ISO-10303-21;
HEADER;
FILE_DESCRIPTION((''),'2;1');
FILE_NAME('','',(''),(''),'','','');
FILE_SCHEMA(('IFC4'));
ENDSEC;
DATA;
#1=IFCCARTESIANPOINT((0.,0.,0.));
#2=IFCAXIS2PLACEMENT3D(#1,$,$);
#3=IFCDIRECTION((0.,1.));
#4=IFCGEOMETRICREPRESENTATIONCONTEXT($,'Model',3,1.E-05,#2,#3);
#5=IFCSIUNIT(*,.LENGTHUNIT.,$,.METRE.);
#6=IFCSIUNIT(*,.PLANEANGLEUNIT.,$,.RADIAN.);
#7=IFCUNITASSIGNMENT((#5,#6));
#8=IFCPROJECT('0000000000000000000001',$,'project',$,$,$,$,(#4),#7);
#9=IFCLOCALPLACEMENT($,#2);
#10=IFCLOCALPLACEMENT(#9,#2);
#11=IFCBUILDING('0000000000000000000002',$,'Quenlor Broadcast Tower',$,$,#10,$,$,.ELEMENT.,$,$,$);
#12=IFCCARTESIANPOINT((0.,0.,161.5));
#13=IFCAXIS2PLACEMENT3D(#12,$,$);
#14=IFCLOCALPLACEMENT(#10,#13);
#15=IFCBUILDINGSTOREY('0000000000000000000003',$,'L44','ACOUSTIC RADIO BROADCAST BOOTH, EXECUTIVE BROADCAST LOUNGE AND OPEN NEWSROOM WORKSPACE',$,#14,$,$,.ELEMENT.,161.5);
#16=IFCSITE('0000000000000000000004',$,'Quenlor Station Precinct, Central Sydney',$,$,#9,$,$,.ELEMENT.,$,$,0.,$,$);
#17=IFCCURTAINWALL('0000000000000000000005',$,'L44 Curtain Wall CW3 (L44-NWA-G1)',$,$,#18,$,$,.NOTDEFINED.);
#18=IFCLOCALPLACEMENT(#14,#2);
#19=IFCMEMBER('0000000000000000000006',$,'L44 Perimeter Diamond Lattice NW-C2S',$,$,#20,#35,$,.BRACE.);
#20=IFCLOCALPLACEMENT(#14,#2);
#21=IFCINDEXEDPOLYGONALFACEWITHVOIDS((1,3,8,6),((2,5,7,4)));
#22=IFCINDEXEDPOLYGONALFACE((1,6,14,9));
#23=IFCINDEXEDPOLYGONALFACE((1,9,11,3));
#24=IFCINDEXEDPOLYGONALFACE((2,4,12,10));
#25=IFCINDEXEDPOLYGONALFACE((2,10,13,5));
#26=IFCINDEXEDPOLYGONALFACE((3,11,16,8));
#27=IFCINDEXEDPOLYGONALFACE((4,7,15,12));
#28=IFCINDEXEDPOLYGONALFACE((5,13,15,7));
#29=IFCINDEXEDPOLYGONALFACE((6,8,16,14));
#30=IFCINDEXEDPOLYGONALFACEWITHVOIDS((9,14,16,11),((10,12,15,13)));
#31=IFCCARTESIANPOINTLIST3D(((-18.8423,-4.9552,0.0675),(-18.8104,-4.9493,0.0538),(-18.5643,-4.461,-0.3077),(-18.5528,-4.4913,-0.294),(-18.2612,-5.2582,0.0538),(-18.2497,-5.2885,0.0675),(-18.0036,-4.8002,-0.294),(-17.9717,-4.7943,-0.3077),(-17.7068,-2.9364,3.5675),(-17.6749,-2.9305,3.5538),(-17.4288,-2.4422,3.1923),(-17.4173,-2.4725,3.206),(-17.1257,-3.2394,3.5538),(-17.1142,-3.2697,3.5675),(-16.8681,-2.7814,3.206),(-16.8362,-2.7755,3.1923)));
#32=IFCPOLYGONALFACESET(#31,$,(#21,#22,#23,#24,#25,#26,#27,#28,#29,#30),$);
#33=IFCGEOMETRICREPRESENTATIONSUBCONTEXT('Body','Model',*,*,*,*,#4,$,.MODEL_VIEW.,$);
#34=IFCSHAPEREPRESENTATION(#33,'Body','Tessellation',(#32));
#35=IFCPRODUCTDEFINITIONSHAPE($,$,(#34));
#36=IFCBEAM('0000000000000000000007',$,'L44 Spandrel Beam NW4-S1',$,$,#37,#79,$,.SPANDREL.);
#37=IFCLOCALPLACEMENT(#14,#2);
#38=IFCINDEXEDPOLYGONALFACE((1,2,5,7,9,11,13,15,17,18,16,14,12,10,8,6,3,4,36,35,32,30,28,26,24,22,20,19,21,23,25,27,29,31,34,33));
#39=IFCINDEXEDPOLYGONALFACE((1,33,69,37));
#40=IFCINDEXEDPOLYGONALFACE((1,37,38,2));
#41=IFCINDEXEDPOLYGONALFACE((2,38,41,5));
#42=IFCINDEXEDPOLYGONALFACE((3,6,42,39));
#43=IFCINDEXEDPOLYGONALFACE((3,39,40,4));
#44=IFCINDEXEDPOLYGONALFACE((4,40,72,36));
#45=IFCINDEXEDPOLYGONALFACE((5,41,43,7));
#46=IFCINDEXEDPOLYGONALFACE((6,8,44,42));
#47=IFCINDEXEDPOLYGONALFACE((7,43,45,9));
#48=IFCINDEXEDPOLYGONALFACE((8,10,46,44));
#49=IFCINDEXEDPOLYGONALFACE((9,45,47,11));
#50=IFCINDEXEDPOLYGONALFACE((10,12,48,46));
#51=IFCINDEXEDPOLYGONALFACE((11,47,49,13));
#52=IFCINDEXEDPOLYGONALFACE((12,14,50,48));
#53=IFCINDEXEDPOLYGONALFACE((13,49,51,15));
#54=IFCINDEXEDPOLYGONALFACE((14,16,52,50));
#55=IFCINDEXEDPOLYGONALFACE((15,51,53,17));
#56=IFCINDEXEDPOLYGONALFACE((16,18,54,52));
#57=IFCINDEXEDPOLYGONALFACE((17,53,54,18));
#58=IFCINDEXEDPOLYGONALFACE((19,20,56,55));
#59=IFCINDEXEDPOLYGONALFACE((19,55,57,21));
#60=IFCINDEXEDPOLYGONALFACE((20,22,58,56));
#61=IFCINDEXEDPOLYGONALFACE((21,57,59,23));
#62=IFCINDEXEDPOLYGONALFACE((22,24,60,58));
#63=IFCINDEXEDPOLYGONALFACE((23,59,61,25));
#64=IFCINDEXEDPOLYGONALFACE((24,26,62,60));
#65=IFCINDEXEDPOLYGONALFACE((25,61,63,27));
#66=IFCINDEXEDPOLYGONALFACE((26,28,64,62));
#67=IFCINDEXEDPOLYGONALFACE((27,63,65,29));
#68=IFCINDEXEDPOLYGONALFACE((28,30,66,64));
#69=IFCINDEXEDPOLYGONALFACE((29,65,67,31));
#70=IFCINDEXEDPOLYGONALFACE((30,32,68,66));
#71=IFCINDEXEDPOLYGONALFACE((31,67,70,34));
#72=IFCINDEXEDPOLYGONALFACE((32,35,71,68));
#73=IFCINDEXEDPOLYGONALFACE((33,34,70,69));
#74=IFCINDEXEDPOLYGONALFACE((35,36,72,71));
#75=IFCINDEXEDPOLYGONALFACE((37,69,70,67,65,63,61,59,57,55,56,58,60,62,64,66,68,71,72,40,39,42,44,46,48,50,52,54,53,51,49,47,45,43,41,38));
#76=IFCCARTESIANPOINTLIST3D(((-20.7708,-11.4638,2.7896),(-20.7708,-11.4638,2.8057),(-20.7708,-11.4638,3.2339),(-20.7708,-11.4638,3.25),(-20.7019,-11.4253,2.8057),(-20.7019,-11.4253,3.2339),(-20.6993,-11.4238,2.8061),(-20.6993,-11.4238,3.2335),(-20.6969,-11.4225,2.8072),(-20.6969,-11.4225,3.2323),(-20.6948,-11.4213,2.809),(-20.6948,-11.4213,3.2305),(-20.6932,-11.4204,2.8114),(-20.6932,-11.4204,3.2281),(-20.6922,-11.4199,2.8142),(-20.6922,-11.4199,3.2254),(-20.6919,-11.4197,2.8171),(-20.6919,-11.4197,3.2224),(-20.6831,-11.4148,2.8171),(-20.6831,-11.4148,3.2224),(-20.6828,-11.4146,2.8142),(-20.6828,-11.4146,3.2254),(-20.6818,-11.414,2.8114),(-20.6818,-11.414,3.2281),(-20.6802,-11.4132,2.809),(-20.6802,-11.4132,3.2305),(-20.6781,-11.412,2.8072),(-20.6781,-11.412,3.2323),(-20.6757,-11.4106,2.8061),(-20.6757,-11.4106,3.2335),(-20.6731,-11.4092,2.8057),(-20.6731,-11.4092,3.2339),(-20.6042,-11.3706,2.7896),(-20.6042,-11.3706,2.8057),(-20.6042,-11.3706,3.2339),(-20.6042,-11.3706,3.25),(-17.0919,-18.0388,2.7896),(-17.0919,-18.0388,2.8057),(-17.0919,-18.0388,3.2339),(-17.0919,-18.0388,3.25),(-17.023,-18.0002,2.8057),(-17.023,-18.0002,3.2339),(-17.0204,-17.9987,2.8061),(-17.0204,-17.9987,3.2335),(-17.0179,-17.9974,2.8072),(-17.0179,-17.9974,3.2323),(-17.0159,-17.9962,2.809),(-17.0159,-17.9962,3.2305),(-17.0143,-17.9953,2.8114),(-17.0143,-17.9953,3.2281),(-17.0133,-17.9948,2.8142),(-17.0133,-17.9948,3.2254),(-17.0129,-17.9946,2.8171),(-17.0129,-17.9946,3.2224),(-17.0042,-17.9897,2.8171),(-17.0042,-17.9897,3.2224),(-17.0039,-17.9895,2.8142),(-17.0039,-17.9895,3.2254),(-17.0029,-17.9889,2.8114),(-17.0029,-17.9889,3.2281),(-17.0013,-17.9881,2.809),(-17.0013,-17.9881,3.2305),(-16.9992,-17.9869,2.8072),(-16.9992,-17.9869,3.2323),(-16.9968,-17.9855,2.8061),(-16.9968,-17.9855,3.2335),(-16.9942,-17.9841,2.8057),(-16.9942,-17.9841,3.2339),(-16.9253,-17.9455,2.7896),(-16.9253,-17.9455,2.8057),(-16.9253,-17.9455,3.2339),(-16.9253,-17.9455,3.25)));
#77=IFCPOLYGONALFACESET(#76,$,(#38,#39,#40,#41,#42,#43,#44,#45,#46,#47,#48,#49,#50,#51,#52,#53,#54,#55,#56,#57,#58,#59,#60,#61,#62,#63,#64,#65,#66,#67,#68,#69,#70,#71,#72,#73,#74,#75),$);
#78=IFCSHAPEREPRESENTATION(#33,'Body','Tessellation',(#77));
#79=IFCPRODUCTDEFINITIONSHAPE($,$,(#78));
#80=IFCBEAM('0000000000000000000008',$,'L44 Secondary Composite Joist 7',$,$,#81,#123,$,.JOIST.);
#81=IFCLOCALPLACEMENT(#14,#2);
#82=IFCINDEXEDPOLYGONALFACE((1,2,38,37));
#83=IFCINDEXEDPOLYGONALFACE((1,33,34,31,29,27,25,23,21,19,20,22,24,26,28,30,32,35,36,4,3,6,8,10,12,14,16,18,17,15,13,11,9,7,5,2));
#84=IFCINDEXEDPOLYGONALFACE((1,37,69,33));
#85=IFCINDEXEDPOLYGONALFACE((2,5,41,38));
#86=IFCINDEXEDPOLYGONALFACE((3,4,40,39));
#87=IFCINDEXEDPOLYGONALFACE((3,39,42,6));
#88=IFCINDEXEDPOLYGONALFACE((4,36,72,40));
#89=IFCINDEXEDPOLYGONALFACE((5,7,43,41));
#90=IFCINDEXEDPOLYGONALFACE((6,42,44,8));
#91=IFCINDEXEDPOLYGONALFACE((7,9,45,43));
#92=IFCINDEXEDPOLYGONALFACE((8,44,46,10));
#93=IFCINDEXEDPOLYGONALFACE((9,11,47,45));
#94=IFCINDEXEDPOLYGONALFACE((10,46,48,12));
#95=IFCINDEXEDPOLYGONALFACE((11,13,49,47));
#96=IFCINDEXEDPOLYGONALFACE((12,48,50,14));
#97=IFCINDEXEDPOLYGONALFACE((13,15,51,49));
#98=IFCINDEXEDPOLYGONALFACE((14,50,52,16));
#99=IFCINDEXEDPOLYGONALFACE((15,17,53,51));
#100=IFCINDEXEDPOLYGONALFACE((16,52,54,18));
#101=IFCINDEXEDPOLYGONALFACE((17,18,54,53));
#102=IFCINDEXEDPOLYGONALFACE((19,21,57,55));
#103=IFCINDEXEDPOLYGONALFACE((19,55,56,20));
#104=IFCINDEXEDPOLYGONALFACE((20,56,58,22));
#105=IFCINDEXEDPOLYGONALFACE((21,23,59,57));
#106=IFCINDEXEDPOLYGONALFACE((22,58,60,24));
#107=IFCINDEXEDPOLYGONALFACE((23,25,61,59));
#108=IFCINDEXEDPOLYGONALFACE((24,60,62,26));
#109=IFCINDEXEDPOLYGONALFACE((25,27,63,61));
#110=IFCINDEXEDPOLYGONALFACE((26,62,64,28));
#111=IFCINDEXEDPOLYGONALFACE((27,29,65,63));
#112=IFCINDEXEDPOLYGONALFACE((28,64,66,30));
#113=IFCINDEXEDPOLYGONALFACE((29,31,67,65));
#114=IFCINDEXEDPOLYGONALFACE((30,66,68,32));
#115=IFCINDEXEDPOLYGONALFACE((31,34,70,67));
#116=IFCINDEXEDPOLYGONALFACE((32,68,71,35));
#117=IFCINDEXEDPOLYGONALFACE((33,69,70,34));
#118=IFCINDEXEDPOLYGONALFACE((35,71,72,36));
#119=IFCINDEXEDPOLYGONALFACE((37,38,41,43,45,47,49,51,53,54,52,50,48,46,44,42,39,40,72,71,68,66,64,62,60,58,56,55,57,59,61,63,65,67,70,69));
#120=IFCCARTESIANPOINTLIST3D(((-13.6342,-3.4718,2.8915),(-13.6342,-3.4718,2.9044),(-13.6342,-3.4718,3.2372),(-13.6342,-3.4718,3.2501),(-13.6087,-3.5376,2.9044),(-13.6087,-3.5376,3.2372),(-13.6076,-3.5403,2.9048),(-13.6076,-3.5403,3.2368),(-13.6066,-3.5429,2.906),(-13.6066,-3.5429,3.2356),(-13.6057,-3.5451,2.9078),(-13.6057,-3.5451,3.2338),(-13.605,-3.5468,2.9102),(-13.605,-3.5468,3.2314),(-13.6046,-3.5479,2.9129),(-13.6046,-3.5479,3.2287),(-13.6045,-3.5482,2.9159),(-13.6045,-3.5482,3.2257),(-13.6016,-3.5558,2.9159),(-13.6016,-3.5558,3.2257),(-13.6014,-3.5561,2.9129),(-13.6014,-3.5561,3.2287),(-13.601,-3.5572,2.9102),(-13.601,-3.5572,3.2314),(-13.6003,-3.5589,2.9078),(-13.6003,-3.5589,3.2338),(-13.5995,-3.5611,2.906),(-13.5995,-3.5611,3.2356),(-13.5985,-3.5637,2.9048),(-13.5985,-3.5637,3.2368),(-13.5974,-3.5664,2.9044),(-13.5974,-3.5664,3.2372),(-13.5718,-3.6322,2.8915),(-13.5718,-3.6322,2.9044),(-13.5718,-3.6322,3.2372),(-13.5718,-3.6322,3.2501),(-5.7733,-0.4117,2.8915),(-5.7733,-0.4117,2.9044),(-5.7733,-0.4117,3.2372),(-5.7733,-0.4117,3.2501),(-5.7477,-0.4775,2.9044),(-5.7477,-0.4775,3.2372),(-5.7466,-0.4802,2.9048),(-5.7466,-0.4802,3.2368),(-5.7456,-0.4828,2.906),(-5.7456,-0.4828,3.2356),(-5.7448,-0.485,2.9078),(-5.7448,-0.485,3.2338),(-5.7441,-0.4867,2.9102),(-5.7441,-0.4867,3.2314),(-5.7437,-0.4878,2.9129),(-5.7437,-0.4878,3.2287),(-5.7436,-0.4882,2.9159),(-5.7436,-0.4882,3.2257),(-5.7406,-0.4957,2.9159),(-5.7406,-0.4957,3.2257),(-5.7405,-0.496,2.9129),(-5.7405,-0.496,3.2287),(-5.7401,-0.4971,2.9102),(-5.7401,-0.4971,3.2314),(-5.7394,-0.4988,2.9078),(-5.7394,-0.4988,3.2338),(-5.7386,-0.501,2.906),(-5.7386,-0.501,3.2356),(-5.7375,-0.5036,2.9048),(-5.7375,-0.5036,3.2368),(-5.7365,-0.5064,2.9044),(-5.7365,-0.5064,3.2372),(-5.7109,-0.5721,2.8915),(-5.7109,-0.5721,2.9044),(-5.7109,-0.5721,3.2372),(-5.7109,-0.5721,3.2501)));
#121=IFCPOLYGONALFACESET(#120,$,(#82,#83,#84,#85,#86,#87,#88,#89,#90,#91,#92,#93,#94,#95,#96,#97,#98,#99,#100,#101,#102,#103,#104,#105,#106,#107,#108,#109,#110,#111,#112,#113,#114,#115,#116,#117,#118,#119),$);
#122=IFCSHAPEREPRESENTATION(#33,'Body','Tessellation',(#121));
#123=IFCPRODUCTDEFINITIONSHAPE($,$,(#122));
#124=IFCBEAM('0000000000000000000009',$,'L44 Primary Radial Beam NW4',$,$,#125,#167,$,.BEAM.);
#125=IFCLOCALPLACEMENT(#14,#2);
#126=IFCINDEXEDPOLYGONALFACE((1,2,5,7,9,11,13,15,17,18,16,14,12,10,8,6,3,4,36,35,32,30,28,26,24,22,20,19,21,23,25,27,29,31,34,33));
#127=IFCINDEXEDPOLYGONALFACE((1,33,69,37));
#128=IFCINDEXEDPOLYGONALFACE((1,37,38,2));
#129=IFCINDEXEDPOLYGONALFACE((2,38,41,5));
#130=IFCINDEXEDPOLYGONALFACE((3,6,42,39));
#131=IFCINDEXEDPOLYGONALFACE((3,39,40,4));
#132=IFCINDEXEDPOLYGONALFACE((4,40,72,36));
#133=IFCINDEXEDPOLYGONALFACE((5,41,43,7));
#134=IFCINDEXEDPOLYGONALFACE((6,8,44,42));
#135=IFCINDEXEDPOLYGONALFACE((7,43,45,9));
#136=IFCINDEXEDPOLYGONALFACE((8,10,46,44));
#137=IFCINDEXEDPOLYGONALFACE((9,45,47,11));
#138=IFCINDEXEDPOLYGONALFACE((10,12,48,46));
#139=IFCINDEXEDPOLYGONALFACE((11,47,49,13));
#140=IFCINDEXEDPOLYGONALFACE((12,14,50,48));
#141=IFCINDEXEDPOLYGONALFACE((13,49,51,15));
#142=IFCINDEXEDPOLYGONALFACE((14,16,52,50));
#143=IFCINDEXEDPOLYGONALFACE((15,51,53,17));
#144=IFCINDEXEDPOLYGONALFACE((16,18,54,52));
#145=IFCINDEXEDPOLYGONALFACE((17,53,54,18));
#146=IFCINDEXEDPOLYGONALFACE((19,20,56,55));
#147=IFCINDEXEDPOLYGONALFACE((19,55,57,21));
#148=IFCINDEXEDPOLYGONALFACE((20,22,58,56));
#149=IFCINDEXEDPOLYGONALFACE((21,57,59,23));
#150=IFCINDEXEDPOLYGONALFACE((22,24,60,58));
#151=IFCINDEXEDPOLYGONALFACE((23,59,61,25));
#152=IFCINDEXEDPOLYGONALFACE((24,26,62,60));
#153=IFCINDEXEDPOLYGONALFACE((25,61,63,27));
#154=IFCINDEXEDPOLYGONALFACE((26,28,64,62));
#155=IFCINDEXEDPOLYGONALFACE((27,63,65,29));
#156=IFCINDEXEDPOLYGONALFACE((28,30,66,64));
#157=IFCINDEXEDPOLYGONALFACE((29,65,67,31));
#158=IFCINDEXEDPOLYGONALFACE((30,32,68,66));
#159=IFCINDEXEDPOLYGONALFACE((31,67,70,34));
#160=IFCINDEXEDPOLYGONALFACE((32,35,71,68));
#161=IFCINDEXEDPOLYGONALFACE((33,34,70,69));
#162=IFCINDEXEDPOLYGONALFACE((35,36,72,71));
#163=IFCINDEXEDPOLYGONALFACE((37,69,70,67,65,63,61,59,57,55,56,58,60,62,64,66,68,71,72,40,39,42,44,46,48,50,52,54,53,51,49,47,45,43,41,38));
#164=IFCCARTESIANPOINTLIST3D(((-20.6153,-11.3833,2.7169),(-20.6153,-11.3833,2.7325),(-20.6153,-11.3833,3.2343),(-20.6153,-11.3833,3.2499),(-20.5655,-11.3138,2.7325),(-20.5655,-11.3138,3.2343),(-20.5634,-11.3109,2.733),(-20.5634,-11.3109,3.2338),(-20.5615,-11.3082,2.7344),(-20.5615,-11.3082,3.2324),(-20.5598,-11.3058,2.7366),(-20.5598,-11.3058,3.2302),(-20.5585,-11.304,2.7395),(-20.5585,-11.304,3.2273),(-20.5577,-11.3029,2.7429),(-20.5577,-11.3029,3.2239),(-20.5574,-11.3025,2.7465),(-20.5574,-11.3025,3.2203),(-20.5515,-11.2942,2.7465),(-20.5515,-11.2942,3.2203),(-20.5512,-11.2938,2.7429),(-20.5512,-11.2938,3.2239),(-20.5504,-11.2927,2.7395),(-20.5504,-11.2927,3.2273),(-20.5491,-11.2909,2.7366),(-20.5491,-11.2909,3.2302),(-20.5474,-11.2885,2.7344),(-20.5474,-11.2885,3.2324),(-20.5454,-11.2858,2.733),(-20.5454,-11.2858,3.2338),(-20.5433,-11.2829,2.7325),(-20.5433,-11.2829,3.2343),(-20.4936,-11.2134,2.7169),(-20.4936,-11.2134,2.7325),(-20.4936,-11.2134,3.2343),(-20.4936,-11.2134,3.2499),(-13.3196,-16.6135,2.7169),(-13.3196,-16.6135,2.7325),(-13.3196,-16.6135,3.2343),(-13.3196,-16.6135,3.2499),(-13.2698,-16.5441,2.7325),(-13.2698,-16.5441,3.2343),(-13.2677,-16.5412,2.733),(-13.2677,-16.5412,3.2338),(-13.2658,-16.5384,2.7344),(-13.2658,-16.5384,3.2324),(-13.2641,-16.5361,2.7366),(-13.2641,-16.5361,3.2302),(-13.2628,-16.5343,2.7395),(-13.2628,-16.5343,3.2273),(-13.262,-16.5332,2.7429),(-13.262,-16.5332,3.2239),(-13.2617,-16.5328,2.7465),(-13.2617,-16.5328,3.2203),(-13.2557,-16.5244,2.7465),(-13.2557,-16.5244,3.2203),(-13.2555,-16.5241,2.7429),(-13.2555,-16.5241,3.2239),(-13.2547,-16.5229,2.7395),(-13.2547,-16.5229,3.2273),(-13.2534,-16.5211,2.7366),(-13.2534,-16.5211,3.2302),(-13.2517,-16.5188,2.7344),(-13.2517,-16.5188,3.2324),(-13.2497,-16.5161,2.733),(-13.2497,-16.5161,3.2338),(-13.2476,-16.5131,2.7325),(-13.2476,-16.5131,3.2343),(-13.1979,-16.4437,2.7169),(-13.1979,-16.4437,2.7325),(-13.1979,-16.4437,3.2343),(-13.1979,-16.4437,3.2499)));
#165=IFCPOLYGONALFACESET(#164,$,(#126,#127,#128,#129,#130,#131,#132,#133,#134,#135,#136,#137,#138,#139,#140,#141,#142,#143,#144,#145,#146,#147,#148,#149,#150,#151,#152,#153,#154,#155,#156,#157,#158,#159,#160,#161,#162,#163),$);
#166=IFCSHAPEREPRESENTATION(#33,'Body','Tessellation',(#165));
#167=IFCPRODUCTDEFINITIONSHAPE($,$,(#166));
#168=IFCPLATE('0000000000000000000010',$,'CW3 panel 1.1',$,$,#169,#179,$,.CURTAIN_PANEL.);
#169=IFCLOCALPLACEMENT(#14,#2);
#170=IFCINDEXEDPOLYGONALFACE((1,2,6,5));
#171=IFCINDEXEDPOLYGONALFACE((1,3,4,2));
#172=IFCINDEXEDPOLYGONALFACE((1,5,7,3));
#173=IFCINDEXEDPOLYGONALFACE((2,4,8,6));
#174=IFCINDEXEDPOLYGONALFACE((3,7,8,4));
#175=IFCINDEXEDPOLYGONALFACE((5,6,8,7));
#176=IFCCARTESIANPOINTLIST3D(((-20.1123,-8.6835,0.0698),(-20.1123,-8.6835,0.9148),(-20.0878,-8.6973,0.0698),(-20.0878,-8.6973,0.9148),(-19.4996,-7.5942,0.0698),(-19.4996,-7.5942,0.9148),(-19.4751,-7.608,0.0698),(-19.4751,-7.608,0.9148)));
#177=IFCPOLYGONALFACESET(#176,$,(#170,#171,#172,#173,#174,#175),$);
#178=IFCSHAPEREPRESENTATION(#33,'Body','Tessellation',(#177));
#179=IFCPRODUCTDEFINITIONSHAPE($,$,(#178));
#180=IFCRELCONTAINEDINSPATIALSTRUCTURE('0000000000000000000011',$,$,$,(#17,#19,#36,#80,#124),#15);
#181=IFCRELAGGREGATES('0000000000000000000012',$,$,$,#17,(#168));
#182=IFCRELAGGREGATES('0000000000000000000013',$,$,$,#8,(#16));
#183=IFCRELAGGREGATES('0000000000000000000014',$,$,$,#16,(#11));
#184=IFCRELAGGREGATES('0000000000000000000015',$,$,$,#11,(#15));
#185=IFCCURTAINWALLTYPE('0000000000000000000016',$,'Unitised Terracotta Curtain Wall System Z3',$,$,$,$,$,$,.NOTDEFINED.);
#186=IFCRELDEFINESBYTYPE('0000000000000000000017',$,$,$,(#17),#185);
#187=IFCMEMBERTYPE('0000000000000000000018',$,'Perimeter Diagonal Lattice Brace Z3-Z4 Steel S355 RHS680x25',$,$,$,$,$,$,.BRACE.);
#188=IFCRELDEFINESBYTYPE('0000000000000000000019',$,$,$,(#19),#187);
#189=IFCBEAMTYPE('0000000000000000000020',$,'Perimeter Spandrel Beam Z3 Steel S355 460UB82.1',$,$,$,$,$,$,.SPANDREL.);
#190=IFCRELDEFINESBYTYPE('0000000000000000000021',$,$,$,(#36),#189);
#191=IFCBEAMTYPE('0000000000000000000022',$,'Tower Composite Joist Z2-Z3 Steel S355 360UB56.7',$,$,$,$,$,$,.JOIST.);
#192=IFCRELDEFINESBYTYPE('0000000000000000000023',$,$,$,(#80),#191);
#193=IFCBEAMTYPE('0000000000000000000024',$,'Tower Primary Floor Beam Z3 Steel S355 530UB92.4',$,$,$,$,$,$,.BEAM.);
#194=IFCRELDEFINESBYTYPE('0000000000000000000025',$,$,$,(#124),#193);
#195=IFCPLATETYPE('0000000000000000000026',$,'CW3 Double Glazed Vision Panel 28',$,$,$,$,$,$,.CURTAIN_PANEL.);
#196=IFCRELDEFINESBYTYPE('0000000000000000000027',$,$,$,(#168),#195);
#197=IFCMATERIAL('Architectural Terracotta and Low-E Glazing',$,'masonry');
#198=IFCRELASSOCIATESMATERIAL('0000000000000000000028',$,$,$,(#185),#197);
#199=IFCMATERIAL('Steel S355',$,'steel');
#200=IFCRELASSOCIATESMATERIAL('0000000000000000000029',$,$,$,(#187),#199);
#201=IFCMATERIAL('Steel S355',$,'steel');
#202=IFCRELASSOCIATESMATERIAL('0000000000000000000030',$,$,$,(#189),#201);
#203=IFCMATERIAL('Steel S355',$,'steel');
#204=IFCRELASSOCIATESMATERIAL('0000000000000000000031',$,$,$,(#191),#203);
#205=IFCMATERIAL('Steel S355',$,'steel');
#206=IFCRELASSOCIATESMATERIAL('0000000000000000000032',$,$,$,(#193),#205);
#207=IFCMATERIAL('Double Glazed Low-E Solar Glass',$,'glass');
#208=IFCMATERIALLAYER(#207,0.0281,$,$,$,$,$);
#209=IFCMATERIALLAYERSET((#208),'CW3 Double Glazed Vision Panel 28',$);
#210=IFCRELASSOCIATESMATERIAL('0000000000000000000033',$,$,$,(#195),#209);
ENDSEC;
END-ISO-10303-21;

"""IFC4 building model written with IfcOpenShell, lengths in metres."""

from ifc_helpers import new_model, si_unit, direction, frame, origin, origin_2d, place, context, subcontext, project, spatial, rectangle, hollow_rectangle, i_section, extrude, material, layer, layer_set, material_profile, profile_set, type_object, element, aggregate, save


model = new_model("IFC4")

# Units and contexts
model_context = context("Model", 3, precision=1e-05, world=origin(), true_north=direction((0.0, 1.0)))
body_context = subcontext(model_context, "Body", "Model", "MODEL_VIEW")
ifc_project = project(units=[si_unit("LENGTHUNIT", "METRE"), si_unit("PLANEANGLEUNIT", "RADIAN")], contexts=[model_context])

# Site, building, storey
site_placement = place(None, origin())
site = spatial("IfcSite", under=ifc_project, at=site_placement, Name="Quenlor Station Precinct, Central Sydney", CompositionType="ELEMENT", RefElevation=0.0)
building_placement = place(site_placement, origin())
building = spatial("IfcBuilding", under=site, at=building_placement, Name="Quenlor Broadcast Tower", CompositionType="ELEMENT")
storey_placement = place(building_placement, frame((0.0, 0.0, 161.5)))
storey = spatial("IfcBuildingStorey", under=building, at=storey_placement, Name="L44", Description="ACOUSTIC RADIO BROADCAST BOOTH, EXECUTIVE BROADCAST LOUNGE AND OPEN NEWSROOM WORKSPACE", CompositionType="ELEMENT", Elevation=161.5)

# Curtain wall
ifc_material_1 = material(Name="Architectural Terracotta and Low-E Glazing", Category="masonry")
curtain_wall_type = type_object("IfcCurtainWallType", Name="Unitised Terracotta Curtain Wall System Z3", PredefinedType="NOTDEFINED", material=ifc_material_1)
curtain_wall_placement = place(storey_placement, origin())
curtain_wall = element("IfcCurtainWall", 1, at=curtain_wall_placement, inside=storey, type_object=curtain_wall_type, Name="L44 Curtain Wall CW3 (L44-NWA-G1)", PredefinedType="NOTDEFINED")

# Member
ifc_material_2 = material(Name="Steel S355", Category="steel")
ifc_material_profile_1 = material_profile(ifc_material_2, hollow_rectangle(XDim=0.6799, YDim=0.6799, WallThickness=0.0249, at=origin_2d()))
ifc_profile_set_1 = profile_set([ifc_material_profile_1], Name="Steel S355 RHS680x680x25")
member_type_1 = type_object("IfcMemberType", Name="Perimeter Diagonal Lattice Brace Z3-Z4 Steel S355 RHS680x25", PredefinedType="BRACE", material=ifc_profile_set_1)
for number, where, z_axis, x_axis, name in (
    (2, (-18.407, -4.8748, -0.1201), (0.270549, 0.481009, 0.833927), (-0.87159, 0.490236, 0.0), "L44 Perimeter Diamond Lattice NW-C2S"),
):
    element("IfcMember", number, at=place(storey_placement, frame(where, z_axis=z_axis, x_axis=x_axis)), inside=storey, type_object=member_type_1, Name=name, PredefinedType="BRACE", context=body_context, shape_type="SweptSolid", body=[
        extrude(hollow_rectangle(XDim=0.6799, YDim=0.6799, WallThickness=0.0249, at=origin_2d()), origin(), (0.0, 0.0, 1.0), 4.197),
    ])

# Beams
ifc_material_3 = material(Name="Steel S355", Category="steel")
ifc_material_profile_2 = material_profile(ifc_material_3, i_section(OverallWidth=0.1909, OverallDepth=0.4604, WebThickness=0.01, FlangeThickness=0.0161, FilletRadius=0.0115, at=origin_2d()))
ifc_profile_set_2 = profile_set([ifc_material_profile_2], Name="Steel S355 460UB82.1")
beam_type_1 = type_object("IfcBeamType", Name="Perimeter Spandrel Beam Z3 Steel S355 460UB82.1", PredefinedType="SPANDREL", material=ifc_profile_set_2)
beam_1_placement = place(storey_placement, frame((-20.6875, -11.4172, 3.0198), z_axis=(0.488298, -0.872677, 0.0), x_axis=(0.872677, 0.488298, 0.0)))
element("IfcBeam", 3, at=beam_1_placement, inside=storey, type_object=beam_type_1, Name="L44 Spandrel Beam NW4-S1", PredefinedType="SPANDREL", context=body_context, shape_type="SweptSolid", body=[
    extrude(i_section(OverallWidth=0.1909, OverallDepth=0.4604, WebThickness=0.01, FlangeThickness=0.0161, FilletRadius=0.0115, at=origin_2d()), origin(), (0.0, 0.0, 1.0), 7.5342),
])
ifc_material_4 = material(Name="Steel S355", Category="steel")
ifc_material_profile_3 = material_profile(ifc_material_4, i_section(OverallWidth=0.1721, OverallDepth=0.3586, WebThickness=0.0081, FlangeThickness=0.0129, FilletRadius=0.0115, at=origin_2d()))
ifc_profile_set_3 = profile_set([ifc_material_profile_3], Name="Steel S355 360UB56.7")
beam_type_2 = type_object("IfcBeamType", Name="Tower Composite Joist Z2-Z3 Steel S355 360UB56.7", PredefinedType="JOIST", material=ifc_profile_set_3)
beam_2_placement = place(storey_placement, frame((-13.603, -3.552, 3.0708), z_axis=(0.931882, 0.362762, 0.0), x_axis=(-0.362762, 0.931882, 0.0)))
element("IfcBeam", 4, at=beam_2_placement, inside=storey, type_object=beam_type_2, Name="L44 Secondary Composite Joist 7", PredefinedType="JOIST", context=body_context, shape_type="SweptSolid", body=[
    extrude(i_section(OverallWidth=0.1721, OverallDepth=0.3586, WebThickness=0.0081, FlangeThickness=0.0129, FilletRadius=0.0115, at=origin_2d()), origin(), (0.0, 0.0, 1.0), 8.4355),
])
ifc_material_5 = material(Name="Steel S355", Category="steel")
ifc_material_profile_4 = material_profile(ifc_material_5, i_section(OverallWidth=0.209, OverallDepth=0.533, WebThickness=0.0103, FlangeThickness=0.0156, FilletRadius=0.0139, at=origin_2d()))
ifc_profile_set_4 = profile_set([ifc_material_profile_4], Name="Steel S355 530UB92.4")
beam_type_3 = type_object("IfcBeamType", Name="Tower Primary Floor Beam Z3 Steel S355 530UB92.4", PredefinedType="BEAM", material=ifc_profile_set_4)
beam_3_placement = place(storey_placement, frame((-20.5544, -11.2983, 2.9834), z_axis=(0.812729, -0.582642, 0.0), x_axis=(0.582642, 0.812729, 0.0)))
element("IfcBeam", 5, at=beam_3_placement, inside=storey, type_object=beam_type_3, Name="L44 Primary Radial Beam NW4", PredefinedType="BEAM", context=body_context, shape_type="SweptSolid", body=[
    extrude(i_section(OverallWidth=0.209, OverallDepth=0.533, WebThickness=0.0103, FlangeThickness=0.0156, FilletRadius=0.0139, at=origin_2d()), origin(), (0.0, 0.0, 1.0), 8.9768),
])

# Plate
ifc_material_6 = material(Name="Double Glazed Low-E Solar Glass", Category="glass")
ifc_layer_1 = layer(ifc_material_6, 0.0281)
ifc_layer_set_1 = layer_set([ifc_layer_1], Name="CW3 Double Glazed Vision Panel 28")
plate_type_1 = type_object("IfcPlateType", Name="CW3 Double Glazed Vision Panel 28", PredefinedType="CURTAIN_PANEL", material=ifc_layer_set_1)
plate_1_placement = place(storey_placement, frame((-19.7937, -8.1458, 0.0698), z_axis=(0.0, 0.0, 1.0), x_axis=(0.490261, 0.871576, 0.0)))
plate_1 = element("IfcPlate", 6, at=plate_1_placement, type_object=plate_type_1, Name="CW3 panel 1.1", PredefinedType="CURTAIN_PANEL", context=body_context, shape_type="SweptSolid", body=[
    extrude(rectangle(XDim=1.2498, YDim=0.0281, at=origin_2d()), origin(), (0.0, 0.0, 1.0), 0.845),
])
aggregate(curtain_wall, [plate_1])

save(model, "model.ifc")
